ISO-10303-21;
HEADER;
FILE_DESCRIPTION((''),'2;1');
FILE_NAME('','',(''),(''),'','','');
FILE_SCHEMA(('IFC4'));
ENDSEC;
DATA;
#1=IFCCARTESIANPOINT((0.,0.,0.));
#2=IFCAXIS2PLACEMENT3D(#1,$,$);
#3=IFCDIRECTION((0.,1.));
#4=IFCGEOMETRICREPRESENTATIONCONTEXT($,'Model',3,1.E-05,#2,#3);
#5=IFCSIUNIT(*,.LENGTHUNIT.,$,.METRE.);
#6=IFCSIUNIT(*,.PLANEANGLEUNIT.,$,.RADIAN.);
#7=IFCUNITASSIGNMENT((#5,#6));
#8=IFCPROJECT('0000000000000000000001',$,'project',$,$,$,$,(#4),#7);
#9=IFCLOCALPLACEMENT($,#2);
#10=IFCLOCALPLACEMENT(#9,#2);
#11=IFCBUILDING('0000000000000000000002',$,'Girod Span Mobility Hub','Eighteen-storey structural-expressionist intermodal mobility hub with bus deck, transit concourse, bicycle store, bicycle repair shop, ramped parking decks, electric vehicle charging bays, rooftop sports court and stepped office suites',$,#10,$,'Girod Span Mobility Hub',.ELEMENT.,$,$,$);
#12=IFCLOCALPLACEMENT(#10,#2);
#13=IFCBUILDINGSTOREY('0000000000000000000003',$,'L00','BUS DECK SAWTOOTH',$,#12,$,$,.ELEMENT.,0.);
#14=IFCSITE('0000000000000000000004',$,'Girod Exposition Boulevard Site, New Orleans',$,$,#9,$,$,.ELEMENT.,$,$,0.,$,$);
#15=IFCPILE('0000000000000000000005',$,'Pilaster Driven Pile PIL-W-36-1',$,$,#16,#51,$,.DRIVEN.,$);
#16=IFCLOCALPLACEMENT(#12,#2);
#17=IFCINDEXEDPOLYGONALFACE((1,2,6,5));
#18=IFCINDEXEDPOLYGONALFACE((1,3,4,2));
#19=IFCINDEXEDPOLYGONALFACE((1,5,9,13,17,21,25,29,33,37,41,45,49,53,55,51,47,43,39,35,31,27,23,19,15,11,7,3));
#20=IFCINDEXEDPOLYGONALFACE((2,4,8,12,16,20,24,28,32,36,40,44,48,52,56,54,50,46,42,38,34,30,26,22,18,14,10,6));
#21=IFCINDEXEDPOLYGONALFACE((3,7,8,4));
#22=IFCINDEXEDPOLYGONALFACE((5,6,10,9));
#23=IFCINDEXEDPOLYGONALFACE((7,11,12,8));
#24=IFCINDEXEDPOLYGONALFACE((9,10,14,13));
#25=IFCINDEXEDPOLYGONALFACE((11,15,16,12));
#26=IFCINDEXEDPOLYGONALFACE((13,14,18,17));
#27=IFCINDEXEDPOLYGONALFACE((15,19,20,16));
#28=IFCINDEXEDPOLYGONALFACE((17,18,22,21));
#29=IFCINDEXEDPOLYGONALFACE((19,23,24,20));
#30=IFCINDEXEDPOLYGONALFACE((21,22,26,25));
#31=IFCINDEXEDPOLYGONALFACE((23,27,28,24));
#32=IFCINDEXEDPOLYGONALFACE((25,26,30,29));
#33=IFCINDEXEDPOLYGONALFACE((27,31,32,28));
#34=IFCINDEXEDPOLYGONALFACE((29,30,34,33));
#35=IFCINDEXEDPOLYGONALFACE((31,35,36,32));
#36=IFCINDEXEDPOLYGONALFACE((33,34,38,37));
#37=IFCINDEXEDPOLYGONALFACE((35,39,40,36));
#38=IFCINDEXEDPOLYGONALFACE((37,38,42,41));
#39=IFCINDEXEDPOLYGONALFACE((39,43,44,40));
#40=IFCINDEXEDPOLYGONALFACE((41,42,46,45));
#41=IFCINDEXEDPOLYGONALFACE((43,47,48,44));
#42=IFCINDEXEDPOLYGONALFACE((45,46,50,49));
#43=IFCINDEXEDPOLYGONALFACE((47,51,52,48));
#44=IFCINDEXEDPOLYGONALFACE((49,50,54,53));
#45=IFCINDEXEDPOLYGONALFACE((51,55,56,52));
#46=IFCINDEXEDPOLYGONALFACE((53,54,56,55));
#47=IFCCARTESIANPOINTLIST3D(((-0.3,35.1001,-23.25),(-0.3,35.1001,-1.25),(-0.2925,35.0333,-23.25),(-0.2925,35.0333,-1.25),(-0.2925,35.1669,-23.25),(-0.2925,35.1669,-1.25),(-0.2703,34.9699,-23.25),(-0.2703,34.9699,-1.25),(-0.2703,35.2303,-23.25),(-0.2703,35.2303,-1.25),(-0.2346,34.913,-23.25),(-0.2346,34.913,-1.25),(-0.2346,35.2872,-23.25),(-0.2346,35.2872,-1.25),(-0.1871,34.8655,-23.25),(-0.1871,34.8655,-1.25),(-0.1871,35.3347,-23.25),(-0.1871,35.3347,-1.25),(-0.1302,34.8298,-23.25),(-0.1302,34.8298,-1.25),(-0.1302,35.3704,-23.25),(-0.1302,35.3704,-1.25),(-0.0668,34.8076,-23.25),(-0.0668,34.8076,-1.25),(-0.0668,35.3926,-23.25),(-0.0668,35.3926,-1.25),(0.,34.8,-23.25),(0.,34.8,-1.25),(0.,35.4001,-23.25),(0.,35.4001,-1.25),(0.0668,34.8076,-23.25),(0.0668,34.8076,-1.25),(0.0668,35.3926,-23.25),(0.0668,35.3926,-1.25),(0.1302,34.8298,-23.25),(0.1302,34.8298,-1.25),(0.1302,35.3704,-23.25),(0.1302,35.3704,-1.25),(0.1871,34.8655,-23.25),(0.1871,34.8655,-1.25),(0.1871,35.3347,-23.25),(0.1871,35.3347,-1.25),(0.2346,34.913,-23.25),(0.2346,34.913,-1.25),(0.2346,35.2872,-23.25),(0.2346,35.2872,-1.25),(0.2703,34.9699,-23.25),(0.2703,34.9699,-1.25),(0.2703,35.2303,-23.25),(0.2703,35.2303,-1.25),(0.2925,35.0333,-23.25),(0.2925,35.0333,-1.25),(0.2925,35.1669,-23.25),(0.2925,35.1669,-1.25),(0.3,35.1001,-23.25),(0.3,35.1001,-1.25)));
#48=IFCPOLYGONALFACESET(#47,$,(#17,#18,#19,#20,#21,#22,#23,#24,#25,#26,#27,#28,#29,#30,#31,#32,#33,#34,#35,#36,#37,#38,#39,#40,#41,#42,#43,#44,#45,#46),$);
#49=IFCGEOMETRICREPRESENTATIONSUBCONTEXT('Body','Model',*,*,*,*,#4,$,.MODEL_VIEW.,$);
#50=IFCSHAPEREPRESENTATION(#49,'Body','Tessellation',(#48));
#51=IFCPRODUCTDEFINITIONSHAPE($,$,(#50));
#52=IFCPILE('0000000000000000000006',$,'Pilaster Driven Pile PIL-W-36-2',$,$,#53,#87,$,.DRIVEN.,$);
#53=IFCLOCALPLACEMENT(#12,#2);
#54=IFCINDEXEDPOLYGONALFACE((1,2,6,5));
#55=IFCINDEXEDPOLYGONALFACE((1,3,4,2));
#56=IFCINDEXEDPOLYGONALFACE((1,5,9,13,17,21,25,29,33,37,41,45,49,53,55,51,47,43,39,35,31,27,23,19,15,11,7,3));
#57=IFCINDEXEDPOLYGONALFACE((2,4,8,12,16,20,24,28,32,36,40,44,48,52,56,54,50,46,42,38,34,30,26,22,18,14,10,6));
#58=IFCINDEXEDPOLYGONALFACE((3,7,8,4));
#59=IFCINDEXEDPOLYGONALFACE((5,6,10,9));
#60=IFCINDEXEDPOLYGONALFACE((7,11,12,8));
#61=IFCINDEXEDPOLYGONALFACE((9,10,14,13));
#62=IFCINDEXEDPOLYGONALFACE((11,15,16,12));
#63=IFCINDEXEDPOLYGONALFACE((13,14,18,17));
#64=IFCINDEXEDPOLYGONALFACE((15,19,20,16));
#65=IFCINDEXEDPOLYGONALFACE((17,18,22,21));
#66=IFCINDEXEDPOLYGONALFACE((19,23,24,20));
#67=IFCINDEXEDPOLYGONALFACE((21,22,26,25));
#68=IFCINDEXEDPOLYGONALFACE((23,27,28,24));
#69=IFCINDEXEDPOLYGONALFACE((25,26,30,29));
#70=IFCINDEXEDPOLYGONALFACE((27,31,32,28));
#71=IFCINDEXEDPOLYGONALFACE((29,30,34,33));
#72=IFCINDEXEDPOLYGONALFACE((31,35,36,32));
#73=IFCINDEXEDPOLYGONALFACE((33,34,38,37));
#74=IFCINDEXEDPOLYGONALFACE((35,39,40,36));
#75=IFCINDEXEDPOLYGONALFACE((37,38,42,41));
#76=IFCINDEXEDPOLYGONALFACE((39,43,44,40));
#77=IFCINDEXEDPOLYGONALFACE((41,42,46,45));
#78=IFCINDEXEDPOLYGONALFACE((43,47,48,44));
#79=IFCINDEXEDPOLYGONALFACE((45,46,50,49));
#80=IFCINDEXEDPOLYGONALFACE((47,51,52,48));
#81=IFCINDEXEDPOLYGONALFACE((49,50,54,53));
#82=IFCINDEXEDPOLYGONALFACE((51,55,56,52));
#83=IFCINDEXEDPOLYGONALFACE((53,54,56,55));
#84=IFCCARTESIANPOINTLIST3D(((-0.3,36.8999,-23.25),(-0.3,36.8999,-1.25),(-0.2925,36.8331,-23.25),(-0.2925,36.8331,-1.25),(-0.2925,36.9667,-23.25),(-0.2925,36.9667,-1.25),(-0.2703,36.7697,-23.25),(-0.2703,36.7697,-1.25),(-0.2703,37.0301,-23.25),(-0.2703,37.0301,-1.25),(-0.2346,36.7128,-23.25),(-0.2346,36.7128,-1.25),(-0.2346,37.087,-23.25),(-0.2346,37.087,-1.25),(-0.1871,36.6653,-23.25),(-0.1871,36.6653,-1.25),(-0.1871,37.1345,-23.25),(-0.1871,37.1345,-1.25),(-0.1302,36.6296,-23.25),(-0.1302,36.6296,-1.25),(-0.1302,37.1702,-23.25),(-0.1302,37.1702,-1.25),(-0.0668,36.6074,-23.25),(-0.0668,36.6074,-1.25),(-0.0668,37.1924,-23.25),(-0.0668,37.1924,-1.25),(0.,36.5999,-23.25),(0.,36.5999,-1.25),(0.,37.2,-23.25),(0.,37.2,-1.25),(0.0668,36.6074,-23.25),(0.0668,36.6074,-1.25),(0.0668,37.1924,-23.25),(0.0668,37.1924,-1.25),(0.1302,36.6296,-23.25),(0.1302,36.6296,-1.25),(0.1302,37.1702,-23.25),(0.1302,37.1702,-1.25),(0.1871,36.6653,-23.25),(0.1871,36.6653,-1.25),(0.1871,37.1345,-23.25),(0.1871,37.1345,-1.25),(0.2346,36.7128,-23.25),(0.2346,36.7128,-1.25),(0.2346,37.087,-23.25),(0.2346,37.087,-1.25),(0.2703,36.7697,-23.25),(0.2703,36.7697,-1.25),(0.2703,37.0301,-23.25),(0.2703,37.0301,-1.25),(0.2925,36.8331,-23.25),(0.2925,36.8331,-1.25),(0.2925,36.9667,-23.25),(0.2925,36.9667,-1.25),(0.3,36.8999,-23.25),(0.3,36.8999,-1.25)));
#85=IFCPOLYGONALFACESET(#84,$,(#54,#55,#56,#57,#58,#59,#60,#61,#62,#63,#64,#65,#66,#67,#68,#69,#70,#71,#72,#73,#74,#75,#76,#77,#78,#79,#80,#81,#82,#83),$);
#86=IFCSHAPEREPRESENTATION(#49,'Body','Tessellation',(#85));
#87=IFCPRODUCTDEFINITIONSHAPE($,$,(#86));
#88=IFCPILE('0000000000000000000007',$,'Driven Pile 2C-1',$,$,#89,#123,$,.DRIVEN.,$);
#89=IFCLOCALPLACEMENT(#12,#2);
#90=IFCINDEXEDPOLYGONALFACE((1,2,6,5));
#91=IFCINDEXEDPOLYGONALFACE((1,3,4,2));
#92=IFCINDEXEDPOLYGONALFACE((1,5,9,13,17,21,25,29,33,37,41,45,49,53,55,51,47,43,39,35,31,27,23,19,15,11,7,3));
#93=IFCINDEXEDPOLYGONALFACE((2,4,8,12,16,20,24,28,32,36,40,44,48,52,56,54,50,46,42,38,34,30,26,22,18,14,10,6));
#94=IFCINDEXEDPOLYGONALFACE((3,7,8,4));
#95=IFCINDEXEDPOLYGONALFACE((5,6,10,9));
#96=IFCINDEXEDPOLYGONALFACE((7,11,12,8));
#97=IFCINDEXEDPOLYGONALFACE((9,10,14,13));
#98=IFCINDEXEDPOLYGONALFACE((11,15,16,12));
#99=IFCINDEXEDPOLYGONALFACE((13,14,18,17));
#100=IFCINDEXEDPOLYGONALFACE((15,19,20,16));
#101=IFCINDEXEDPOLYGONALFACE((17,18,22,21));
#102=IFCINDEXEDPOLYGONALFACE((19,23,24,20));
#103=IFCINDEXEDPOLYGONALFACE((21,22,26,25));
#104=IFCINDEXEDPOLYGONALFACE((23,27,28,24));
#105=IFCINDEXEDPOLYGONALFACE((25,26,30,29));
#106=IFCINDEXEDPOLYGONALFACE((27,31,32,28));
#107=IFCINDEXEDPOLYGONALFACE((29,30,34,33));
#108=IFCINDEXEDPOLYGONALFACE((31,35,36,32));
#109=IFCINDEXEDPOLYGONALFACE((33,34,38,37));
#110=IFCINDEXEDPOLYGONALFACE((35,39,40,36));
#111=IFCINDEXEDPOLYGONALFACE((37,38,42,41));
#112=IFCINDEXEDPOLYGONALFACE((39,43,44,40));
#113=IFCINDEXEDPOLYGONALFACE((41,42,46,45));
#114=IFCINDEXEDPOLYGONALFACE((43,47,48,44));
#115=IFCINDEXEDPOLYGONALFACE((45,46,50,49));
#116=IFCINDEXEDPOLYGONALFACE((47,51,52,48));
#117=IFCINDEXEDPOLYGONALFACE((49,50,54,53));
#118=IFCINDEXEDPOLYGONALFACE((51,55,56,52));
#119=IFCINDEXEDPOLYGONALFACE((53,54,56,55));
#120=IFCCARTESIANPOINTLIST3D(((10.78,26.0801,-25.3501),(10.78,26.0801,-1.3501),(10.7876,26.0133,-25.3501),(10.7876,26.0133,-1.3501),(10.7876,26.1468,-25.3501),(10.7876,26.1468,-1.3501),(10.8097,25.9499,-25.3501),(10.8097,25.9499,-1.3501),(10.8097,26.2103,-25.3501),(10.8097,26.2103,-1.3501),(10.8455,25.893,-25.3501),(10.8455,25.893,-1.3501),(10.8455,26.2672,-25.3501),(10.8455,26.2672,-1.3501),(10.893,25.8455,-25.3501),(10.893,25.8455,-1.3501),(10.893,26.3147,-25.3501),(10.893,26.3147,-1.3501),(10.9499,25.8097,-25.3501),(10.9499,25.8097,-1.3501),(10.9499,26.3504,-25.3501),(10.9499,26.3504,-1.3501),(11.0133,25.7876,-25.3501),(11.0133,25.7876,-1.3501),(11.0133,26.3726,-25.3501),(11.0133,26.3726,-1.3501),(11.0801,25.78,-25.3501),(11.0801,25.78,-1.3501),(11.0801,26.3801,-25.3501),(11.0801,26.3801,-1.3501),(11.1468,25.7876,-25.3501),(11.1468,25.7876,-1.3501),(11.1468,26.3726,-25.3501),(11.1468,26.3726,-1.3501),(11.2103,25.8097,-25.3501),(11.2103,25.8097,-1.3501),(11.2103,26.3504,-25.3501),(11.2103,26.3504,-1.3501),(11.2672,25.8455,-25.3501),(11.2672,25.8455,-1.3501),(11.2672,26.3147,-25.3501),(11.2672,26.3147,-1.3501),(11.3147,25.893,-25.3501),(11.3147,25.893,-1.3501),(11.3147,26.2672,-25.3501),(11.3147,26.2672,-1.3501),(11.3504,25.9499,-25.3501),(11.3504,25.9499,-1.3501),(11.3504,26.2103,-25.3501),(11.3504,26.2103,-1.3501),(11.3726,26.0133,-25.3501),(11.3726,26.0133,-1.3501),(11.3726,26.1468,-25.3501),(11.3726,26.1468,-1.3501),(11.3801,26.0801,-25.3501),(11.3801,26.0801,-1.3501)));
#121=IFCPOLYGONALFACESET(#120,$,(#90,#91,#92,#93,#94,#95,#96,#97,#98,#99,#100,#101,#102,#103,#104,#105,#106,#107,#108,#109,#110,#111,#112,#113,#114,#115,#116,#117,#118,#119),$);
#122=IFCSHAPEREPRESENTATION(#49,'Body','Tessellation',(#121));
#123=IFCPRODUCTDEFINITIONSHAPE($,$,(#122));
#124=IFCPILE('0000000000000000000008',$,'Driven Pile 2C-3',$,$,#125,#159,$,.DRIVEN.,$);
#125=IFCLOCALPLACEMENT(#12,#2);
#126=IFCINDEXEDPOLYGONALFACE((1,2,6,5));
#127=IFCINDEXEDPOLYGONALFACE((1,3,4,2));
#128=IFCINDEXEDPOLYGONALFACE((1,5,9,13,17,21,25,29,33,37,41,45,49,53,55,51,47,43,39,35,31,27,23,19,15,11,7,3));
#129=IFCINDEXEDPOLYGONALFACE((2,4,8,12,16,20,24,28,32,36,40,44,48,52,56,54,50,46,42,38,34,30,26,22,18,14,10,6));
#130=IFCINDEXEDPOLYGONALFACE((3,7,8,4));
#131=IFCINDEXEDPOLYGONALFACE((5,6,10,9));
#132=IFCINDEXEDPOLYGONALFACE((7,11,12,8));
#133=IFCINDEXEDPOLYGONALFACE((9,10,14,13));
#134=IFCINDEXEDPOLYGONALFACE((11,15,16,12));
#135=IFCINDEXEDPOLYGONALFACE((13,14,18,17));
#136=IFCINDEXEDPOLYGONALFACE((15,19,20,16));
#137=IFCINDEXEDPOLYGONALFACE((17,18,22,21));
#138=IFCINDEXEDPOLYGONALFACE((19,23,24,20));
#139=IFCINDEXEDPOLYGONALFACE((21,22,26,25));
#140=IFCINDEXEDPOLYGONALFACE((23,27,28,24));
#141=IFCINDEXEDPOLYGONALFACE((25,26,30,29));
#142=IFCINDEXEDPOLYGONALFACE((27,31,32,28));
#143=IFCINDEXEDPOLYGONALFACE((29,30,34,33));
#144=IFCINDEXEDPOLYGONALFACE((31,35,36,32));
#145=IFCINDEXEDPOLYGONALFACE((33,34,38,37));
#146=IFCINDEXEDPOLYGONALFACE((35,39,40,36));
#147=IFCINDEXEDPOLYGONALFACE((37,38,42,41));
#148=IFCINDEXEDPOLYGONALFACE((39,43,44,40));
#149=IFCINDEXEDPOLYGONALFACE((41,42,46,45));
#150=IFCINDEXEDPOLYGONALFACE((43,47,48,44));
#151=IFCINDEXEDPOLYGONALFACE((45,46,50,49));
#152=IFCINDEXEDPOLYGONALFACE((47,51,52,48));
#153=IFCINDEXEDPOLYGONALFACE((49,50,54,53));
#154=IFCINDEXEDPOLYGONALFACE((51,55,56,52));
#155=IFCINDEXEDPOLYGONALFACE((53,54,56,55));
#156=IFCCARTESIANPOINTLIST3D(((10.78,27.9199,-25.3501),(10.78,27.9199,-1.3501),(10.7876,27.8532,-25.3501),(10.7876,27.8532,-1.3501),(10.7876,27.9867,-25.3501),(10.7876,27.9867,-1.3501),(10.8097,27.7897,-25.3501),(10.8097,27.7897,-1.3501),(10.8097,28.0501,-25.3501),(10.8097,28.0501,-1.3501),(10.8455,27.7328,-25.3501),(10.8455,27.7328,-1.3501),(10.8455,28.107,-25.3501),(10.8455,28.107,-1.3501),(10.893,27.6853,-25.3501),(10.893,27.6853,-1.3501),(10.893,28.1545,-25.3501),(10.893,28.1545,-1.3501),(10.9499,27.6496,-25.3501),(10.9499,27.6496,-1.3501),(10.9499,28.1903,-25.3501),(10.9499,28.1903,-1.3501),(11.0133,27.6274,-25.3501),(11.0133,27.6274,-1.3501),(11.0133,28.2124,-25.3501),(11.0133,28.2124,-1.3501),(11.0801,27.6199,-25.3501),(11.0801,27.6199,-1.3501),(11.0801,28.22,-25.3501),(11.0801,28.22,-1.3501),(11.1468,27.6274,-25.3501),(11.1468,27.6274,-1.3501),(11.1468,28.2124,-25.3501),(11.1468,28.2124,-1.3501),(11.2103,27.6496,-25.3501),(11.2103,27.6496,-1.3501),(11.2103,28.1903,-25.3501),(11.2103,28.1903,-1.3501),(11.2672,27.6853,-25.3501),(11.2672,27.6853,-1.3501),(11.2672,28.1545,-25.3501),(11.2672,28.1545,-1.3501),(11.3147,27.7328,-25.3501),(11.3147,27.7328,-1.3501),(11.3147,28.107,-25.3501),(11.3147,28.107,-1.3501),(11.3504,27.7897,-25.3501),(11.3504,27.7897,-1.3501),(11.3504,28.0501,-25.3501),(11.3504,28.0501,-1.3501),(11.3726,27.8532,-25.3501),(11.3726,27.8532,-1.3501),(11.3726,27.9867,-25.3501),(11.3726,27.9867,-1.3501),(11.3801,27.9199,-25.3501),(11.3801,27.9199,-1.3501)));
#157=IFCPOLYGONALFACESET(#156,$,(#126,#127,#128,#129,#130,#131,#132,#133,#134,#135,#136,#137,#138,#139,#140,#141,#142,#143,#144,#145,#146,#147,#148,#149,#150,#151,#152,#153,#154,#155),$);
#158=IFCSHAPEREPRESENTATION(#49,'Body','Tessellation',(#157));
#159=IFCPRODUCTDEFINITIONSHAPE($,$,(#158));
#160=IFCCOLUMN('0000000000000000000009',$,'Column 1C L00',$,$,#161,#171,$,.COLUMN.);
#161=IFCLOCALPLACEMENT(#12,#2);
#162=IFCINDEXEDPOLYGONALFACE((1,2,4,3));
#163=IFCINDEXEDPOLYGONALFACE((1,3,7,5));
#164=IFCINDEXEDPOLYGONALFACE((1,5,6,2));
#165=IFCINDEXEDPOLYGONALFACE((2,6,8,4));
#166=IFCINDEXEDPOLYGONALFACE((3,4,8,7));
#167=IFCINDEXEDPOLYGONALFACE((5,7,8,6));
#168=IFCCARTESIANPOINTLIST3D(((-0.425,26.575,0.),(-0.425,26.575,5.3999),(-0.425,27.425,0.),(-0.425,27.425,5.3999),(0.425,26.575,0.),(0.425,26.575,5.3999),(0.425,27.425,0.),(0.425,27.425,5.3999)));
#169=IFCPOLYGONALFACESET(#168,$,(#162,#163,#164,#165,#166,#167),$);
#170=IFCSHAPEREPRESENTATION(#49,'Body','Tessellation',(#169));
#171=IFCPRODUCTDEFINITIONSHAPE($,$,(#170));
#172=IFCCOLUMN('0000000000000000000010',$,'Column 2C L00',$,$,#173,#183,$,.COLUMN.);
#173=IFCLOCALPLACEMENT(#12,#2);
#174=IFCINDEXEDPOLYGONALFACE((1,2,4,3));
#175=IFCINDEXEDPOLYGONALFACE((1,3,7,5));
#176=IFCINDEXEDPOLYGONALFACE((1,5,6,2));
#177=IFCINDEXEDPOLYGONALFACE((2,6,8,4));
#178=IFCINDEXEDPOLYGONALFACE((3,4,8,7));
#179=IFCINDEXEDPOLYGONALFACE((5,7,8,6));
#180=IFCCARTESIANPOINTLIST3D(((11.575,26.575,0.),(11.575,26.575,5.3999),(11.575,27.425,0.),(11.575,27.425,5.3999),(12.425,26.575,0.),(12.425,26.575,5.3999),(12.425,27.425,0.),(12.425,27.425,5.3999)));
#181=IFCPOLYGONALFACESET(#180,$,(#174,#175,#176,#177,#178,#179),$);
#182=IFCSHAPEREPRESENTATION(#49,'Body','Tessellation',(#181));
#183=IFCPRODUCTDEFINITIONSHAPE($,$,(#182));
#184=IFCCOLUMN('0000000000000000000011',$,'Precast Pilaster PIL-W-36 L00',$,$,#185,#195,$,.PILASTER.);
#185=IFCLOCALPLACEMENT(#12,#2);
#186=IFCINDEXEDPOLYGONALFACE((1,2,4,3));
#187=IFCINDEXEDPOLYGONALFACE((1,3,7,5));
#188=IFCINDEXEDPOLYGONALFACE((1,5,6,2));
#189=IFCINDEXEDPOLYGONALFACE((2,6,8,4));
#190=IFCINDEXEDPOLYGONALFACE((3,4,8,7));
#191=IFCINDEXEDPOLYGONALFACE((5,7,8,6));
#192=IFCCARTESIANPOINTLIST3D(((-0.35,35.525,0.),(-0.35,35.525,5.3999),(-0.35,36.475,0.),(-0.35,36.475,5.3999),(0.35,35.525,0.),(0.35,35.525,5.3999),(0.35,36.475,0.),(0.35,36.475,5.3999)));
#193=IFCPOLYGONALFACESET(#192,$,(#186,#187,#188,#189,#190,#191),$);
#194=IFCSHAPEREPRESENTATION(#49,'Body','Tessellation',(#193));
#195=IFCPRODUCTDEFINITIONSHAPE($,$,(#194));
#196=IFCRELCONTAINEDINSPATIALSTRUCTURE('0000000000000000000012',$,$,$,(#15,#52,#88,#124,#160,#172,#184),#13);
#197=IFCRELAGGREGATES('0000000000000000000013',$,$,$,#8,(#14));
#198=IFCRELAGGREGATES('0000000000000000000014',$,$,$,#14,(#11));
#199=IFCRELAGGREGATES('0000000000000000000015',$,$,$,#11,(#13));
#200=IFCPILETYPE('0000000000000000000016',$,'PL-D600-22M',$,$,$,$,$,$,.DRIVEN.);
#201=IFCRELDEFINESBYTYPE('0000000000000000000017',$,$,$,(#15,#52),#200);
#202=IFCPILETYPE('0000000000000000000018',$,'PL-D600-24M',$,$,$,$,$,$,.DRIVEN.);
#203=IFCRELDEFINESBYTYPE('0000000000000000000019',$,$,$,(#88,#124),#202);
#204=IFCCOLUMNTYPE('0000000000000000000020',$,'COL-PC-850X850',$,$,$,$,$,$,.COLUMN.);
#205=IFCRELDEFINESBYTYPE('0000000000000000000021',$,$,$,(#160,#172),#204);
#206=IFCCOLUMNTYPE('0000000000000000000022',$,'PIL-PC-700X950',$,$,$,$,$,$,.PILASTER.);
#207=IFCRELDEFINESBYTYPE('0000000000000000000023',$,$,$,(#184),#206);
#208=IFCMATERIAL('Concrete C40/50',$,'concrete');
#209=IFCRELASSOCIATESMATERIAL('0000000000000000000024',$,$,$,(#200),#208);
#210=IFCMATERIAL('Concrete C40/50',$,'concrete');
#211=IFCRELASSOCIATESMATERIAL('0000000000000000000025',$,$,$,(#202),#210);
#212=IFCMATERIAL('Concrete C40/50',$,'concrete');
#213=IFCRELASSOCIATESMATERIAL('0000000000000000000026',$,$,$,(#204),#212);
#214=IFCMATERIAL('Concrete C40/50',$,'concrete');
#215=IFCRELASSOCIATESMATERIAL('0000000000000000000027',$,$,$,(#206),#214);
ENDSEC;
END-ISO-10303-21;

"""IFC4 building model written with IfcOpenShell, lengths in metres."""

from ifc_helpers import new_model, si_unit, direction, frame, origin, origin_2d, place, context, subcontext, project, spatial, rectangle, circle, extrude, material, material_profile, profile_set, type_object, element, save


model = new_model("IFC4")

# Units and contexts
model_context = context("Model", 3, precision=1e-05, world=origin(), true_north=direction((0.0, 1.0)))
body_context = subcontext(model_context, "Body", "Model", "MODEL_VIEW")
ifc_project = project(units=[si_unit("LENGTHUNIT", "METRE"), si_unit("PLANEANGLEUNIT", "RADIAN")], contexts=[model_context])

# Site, building, storey
site_placement = place(None, origin())
site = spatial("IfcSite", under=ifc_project, at=site_placement, Name="Girod Exposition Boulevard Site, New Orleans", CompositionType="ELEMENT", RefElevation=0.0)
building_placement = place(site_placement, origin())
building = spatial("IfcBuilding", under=site, at=building_placement, Name="Girod Span Mobility Hub", Description="Eighteen-storey structural-expressionist intermodal mobility hub with bus deck, transit concourse, bicycle store, bicycle repair shop, ramped parking decks, electric vehicle charging bays, rooftop sports court and stepped office suites", LongName="Girod Span Mobility Hub", CompositionType="ELEMENT")
storey_placement = place(building_placement, origin())
storey = spatial("IfcBuildingStorey", under=building, at=storey_placement, Name="L00", Description="BUS DECK SAWTOOTH", CompositionType="ELEMENT", Elevation=0.0)

# Piles
ifc_material_1 = material(Name="Concrete C40/50", Category="concrete")
ifc_material_profile_1 = material_profile(ifc_material_1, circle(Radius=0.3, at=origin_2d()), Name="PILE-D600")
ifc_profile_set_1 = profile_set([ifc_material_profile_1], Name="Concrete C40/50")
pile_type_1 = type_object("IfcPileType", Name="PL-D600-22M", PredefinedType="DRIVEN", material=ifc_profile_set_1)
for number, where, z_axis, x_axis, name in (
    (1, (0.0, 35.1001, -1.25), (0.0, 0.0, -1.0), (1.0, 0.0, 0.0), "Pilaster Driven Pile PIL-W-36-1"),
    (2, (0.0, 36.8999, -1.25), (0.0, 0.0, -1.0), (1.0, 0.0, 0.0), "Pilaster Driven Pile PIL-W-36-2"),
):
    element("IfcPile", number, at=place(storey_placement, frame(where, z_axis=z_axis, x_axis=x_axis)), inside=storey, type_object=pile_type_1, Name=name, PredefinedType="DRIVEN", context=body_context, shape_type="SweptSolid", body=[
        extrude(circle(Radius=0.3, at=origin_2d()), origin(), (0.0, 0.0, 1.0), 22.0),
    ])
ifc_material_2 = material(Name="Concrete C40/50", Category="concrete")
ifc_material_profile_2 = material_profile(ifc_material_2, circle(Radius=0.3, at=origin_2d()), Name="PILE-D600")
ifc_profile_set_2 = profile_set([ifc_material_profile_2], Name="Concrete C40/50")
pile_type_2 = type_object("IfcPileType", Name="PL-D600-24M", PredefinedType="DRIVEN", material=ifc_profile_set_2)
for number, where, z_axis, x_axis, name in (
    (3, (11.0801, 26.0801, -1.3501), (0.0, 0.0, -1.0), (1.0, 0.0, 0.0), "Driven Pile 2C-1"),
    (4, (11.0801, 27.9199, -1.3501), (0.0, 0.0, -1.0), (1.0, 0.0, 0.0), "Driven Pile 2C-3"),
):
    element("IfcPile", number, at=place(storey_placement, frame(where, z_axis=z_axis, x_axis=x_axis)), inside=storey, type_object=pile_type_2, Name=name, PredefinedType="DRIVEN", context=body_context, shape_type="SweptSolid", body=[
        extrude(circle(Radius=0.3, at=origin_2d()), origin(), (0.0, 0.0, 1.0), 24.0),
    ])

# Columns
ifc_material_3 = material(Name="Concrete C40/50", Category="concrete")
ifc_material_profile_3 = material_profile(ifc_material_3, rectangle(XDim=0.8501, YDim=0.8501, at=origin_2d()), Name="PC-COL-850X850")
ifc_profile_set_3 = profile_set([ifc_material_profile_3], Name="Concrete C40/50")
column_type_1 = type_object("IfcColumnType", Name="COL-PC-850X850", PredefinedType="COLUMN", material=ifc_profile_set_3)
for number, where, z_axis, x_axis, name in (
    (5, (0.0, 27.0, 0.0), (0.0, 0.0, 1.0), (1.0, 0.0, 0.0), "Column 1C L00"),
    (6, (12.0, 27.0, 0.0), (0.0, 0.0, 1.0), (1.0, 0.0, 0.0), "Column 2C L00"),
):
    element("IfcColumn", number, at=place(storey_placement, frame(where, z_axis=z_axis, x_axis=x_axis)), inside=storey, type_object=column_type_1, Name=name, PredefinedType="COLUMN", context=body_context, shape_type="SweptSolid", body=[
        extrude(rectangle(XDim=0.8501, YDim=0.8501, at=origin_2d()), origin(), (0.0, 0.0, 1.0), 5.3999),
    ])
ifc_material_4 = material(Name="Concrete C40/50", Category="concrete")
ifc_material_profile_4 = material_profile(ifc_material_4, rectangle(XDim=0.7, YDim=0.95, at=origin_2d()), Name="PC-PIL-700X950")
ifc_profile_set_4 = profile_set([ifc_material_profile_4], Name="Concrete C40/50")
column_type_2 = type_object("IfcColumnType", Name="PIL-PC-700X950", PredefinedType="PILASTER", material=ifc_profile_set_4)
column_placement = place(storey_placement, frame((0.0, 36.0, 0.0), z_axis=(0.0, 0.0, 1.0), x_axis=(1.0, 0.0, 0.0)))
element("IfcColumn", 7, at=column_placement, inside=storey, type_object=column_type_2, Name="Precast Pilaster PIL-W-36 L00", PredefinedType="PILASTER", context=body_context, shape_type="SweptSolid", body=[
    extrude(rectangle(XDim=0.7, YDim=0.95, at=origin_2d()), origin(), (0.0, 0.0, 1.0), 5.3999),
])

save(model, "model.ifc")
